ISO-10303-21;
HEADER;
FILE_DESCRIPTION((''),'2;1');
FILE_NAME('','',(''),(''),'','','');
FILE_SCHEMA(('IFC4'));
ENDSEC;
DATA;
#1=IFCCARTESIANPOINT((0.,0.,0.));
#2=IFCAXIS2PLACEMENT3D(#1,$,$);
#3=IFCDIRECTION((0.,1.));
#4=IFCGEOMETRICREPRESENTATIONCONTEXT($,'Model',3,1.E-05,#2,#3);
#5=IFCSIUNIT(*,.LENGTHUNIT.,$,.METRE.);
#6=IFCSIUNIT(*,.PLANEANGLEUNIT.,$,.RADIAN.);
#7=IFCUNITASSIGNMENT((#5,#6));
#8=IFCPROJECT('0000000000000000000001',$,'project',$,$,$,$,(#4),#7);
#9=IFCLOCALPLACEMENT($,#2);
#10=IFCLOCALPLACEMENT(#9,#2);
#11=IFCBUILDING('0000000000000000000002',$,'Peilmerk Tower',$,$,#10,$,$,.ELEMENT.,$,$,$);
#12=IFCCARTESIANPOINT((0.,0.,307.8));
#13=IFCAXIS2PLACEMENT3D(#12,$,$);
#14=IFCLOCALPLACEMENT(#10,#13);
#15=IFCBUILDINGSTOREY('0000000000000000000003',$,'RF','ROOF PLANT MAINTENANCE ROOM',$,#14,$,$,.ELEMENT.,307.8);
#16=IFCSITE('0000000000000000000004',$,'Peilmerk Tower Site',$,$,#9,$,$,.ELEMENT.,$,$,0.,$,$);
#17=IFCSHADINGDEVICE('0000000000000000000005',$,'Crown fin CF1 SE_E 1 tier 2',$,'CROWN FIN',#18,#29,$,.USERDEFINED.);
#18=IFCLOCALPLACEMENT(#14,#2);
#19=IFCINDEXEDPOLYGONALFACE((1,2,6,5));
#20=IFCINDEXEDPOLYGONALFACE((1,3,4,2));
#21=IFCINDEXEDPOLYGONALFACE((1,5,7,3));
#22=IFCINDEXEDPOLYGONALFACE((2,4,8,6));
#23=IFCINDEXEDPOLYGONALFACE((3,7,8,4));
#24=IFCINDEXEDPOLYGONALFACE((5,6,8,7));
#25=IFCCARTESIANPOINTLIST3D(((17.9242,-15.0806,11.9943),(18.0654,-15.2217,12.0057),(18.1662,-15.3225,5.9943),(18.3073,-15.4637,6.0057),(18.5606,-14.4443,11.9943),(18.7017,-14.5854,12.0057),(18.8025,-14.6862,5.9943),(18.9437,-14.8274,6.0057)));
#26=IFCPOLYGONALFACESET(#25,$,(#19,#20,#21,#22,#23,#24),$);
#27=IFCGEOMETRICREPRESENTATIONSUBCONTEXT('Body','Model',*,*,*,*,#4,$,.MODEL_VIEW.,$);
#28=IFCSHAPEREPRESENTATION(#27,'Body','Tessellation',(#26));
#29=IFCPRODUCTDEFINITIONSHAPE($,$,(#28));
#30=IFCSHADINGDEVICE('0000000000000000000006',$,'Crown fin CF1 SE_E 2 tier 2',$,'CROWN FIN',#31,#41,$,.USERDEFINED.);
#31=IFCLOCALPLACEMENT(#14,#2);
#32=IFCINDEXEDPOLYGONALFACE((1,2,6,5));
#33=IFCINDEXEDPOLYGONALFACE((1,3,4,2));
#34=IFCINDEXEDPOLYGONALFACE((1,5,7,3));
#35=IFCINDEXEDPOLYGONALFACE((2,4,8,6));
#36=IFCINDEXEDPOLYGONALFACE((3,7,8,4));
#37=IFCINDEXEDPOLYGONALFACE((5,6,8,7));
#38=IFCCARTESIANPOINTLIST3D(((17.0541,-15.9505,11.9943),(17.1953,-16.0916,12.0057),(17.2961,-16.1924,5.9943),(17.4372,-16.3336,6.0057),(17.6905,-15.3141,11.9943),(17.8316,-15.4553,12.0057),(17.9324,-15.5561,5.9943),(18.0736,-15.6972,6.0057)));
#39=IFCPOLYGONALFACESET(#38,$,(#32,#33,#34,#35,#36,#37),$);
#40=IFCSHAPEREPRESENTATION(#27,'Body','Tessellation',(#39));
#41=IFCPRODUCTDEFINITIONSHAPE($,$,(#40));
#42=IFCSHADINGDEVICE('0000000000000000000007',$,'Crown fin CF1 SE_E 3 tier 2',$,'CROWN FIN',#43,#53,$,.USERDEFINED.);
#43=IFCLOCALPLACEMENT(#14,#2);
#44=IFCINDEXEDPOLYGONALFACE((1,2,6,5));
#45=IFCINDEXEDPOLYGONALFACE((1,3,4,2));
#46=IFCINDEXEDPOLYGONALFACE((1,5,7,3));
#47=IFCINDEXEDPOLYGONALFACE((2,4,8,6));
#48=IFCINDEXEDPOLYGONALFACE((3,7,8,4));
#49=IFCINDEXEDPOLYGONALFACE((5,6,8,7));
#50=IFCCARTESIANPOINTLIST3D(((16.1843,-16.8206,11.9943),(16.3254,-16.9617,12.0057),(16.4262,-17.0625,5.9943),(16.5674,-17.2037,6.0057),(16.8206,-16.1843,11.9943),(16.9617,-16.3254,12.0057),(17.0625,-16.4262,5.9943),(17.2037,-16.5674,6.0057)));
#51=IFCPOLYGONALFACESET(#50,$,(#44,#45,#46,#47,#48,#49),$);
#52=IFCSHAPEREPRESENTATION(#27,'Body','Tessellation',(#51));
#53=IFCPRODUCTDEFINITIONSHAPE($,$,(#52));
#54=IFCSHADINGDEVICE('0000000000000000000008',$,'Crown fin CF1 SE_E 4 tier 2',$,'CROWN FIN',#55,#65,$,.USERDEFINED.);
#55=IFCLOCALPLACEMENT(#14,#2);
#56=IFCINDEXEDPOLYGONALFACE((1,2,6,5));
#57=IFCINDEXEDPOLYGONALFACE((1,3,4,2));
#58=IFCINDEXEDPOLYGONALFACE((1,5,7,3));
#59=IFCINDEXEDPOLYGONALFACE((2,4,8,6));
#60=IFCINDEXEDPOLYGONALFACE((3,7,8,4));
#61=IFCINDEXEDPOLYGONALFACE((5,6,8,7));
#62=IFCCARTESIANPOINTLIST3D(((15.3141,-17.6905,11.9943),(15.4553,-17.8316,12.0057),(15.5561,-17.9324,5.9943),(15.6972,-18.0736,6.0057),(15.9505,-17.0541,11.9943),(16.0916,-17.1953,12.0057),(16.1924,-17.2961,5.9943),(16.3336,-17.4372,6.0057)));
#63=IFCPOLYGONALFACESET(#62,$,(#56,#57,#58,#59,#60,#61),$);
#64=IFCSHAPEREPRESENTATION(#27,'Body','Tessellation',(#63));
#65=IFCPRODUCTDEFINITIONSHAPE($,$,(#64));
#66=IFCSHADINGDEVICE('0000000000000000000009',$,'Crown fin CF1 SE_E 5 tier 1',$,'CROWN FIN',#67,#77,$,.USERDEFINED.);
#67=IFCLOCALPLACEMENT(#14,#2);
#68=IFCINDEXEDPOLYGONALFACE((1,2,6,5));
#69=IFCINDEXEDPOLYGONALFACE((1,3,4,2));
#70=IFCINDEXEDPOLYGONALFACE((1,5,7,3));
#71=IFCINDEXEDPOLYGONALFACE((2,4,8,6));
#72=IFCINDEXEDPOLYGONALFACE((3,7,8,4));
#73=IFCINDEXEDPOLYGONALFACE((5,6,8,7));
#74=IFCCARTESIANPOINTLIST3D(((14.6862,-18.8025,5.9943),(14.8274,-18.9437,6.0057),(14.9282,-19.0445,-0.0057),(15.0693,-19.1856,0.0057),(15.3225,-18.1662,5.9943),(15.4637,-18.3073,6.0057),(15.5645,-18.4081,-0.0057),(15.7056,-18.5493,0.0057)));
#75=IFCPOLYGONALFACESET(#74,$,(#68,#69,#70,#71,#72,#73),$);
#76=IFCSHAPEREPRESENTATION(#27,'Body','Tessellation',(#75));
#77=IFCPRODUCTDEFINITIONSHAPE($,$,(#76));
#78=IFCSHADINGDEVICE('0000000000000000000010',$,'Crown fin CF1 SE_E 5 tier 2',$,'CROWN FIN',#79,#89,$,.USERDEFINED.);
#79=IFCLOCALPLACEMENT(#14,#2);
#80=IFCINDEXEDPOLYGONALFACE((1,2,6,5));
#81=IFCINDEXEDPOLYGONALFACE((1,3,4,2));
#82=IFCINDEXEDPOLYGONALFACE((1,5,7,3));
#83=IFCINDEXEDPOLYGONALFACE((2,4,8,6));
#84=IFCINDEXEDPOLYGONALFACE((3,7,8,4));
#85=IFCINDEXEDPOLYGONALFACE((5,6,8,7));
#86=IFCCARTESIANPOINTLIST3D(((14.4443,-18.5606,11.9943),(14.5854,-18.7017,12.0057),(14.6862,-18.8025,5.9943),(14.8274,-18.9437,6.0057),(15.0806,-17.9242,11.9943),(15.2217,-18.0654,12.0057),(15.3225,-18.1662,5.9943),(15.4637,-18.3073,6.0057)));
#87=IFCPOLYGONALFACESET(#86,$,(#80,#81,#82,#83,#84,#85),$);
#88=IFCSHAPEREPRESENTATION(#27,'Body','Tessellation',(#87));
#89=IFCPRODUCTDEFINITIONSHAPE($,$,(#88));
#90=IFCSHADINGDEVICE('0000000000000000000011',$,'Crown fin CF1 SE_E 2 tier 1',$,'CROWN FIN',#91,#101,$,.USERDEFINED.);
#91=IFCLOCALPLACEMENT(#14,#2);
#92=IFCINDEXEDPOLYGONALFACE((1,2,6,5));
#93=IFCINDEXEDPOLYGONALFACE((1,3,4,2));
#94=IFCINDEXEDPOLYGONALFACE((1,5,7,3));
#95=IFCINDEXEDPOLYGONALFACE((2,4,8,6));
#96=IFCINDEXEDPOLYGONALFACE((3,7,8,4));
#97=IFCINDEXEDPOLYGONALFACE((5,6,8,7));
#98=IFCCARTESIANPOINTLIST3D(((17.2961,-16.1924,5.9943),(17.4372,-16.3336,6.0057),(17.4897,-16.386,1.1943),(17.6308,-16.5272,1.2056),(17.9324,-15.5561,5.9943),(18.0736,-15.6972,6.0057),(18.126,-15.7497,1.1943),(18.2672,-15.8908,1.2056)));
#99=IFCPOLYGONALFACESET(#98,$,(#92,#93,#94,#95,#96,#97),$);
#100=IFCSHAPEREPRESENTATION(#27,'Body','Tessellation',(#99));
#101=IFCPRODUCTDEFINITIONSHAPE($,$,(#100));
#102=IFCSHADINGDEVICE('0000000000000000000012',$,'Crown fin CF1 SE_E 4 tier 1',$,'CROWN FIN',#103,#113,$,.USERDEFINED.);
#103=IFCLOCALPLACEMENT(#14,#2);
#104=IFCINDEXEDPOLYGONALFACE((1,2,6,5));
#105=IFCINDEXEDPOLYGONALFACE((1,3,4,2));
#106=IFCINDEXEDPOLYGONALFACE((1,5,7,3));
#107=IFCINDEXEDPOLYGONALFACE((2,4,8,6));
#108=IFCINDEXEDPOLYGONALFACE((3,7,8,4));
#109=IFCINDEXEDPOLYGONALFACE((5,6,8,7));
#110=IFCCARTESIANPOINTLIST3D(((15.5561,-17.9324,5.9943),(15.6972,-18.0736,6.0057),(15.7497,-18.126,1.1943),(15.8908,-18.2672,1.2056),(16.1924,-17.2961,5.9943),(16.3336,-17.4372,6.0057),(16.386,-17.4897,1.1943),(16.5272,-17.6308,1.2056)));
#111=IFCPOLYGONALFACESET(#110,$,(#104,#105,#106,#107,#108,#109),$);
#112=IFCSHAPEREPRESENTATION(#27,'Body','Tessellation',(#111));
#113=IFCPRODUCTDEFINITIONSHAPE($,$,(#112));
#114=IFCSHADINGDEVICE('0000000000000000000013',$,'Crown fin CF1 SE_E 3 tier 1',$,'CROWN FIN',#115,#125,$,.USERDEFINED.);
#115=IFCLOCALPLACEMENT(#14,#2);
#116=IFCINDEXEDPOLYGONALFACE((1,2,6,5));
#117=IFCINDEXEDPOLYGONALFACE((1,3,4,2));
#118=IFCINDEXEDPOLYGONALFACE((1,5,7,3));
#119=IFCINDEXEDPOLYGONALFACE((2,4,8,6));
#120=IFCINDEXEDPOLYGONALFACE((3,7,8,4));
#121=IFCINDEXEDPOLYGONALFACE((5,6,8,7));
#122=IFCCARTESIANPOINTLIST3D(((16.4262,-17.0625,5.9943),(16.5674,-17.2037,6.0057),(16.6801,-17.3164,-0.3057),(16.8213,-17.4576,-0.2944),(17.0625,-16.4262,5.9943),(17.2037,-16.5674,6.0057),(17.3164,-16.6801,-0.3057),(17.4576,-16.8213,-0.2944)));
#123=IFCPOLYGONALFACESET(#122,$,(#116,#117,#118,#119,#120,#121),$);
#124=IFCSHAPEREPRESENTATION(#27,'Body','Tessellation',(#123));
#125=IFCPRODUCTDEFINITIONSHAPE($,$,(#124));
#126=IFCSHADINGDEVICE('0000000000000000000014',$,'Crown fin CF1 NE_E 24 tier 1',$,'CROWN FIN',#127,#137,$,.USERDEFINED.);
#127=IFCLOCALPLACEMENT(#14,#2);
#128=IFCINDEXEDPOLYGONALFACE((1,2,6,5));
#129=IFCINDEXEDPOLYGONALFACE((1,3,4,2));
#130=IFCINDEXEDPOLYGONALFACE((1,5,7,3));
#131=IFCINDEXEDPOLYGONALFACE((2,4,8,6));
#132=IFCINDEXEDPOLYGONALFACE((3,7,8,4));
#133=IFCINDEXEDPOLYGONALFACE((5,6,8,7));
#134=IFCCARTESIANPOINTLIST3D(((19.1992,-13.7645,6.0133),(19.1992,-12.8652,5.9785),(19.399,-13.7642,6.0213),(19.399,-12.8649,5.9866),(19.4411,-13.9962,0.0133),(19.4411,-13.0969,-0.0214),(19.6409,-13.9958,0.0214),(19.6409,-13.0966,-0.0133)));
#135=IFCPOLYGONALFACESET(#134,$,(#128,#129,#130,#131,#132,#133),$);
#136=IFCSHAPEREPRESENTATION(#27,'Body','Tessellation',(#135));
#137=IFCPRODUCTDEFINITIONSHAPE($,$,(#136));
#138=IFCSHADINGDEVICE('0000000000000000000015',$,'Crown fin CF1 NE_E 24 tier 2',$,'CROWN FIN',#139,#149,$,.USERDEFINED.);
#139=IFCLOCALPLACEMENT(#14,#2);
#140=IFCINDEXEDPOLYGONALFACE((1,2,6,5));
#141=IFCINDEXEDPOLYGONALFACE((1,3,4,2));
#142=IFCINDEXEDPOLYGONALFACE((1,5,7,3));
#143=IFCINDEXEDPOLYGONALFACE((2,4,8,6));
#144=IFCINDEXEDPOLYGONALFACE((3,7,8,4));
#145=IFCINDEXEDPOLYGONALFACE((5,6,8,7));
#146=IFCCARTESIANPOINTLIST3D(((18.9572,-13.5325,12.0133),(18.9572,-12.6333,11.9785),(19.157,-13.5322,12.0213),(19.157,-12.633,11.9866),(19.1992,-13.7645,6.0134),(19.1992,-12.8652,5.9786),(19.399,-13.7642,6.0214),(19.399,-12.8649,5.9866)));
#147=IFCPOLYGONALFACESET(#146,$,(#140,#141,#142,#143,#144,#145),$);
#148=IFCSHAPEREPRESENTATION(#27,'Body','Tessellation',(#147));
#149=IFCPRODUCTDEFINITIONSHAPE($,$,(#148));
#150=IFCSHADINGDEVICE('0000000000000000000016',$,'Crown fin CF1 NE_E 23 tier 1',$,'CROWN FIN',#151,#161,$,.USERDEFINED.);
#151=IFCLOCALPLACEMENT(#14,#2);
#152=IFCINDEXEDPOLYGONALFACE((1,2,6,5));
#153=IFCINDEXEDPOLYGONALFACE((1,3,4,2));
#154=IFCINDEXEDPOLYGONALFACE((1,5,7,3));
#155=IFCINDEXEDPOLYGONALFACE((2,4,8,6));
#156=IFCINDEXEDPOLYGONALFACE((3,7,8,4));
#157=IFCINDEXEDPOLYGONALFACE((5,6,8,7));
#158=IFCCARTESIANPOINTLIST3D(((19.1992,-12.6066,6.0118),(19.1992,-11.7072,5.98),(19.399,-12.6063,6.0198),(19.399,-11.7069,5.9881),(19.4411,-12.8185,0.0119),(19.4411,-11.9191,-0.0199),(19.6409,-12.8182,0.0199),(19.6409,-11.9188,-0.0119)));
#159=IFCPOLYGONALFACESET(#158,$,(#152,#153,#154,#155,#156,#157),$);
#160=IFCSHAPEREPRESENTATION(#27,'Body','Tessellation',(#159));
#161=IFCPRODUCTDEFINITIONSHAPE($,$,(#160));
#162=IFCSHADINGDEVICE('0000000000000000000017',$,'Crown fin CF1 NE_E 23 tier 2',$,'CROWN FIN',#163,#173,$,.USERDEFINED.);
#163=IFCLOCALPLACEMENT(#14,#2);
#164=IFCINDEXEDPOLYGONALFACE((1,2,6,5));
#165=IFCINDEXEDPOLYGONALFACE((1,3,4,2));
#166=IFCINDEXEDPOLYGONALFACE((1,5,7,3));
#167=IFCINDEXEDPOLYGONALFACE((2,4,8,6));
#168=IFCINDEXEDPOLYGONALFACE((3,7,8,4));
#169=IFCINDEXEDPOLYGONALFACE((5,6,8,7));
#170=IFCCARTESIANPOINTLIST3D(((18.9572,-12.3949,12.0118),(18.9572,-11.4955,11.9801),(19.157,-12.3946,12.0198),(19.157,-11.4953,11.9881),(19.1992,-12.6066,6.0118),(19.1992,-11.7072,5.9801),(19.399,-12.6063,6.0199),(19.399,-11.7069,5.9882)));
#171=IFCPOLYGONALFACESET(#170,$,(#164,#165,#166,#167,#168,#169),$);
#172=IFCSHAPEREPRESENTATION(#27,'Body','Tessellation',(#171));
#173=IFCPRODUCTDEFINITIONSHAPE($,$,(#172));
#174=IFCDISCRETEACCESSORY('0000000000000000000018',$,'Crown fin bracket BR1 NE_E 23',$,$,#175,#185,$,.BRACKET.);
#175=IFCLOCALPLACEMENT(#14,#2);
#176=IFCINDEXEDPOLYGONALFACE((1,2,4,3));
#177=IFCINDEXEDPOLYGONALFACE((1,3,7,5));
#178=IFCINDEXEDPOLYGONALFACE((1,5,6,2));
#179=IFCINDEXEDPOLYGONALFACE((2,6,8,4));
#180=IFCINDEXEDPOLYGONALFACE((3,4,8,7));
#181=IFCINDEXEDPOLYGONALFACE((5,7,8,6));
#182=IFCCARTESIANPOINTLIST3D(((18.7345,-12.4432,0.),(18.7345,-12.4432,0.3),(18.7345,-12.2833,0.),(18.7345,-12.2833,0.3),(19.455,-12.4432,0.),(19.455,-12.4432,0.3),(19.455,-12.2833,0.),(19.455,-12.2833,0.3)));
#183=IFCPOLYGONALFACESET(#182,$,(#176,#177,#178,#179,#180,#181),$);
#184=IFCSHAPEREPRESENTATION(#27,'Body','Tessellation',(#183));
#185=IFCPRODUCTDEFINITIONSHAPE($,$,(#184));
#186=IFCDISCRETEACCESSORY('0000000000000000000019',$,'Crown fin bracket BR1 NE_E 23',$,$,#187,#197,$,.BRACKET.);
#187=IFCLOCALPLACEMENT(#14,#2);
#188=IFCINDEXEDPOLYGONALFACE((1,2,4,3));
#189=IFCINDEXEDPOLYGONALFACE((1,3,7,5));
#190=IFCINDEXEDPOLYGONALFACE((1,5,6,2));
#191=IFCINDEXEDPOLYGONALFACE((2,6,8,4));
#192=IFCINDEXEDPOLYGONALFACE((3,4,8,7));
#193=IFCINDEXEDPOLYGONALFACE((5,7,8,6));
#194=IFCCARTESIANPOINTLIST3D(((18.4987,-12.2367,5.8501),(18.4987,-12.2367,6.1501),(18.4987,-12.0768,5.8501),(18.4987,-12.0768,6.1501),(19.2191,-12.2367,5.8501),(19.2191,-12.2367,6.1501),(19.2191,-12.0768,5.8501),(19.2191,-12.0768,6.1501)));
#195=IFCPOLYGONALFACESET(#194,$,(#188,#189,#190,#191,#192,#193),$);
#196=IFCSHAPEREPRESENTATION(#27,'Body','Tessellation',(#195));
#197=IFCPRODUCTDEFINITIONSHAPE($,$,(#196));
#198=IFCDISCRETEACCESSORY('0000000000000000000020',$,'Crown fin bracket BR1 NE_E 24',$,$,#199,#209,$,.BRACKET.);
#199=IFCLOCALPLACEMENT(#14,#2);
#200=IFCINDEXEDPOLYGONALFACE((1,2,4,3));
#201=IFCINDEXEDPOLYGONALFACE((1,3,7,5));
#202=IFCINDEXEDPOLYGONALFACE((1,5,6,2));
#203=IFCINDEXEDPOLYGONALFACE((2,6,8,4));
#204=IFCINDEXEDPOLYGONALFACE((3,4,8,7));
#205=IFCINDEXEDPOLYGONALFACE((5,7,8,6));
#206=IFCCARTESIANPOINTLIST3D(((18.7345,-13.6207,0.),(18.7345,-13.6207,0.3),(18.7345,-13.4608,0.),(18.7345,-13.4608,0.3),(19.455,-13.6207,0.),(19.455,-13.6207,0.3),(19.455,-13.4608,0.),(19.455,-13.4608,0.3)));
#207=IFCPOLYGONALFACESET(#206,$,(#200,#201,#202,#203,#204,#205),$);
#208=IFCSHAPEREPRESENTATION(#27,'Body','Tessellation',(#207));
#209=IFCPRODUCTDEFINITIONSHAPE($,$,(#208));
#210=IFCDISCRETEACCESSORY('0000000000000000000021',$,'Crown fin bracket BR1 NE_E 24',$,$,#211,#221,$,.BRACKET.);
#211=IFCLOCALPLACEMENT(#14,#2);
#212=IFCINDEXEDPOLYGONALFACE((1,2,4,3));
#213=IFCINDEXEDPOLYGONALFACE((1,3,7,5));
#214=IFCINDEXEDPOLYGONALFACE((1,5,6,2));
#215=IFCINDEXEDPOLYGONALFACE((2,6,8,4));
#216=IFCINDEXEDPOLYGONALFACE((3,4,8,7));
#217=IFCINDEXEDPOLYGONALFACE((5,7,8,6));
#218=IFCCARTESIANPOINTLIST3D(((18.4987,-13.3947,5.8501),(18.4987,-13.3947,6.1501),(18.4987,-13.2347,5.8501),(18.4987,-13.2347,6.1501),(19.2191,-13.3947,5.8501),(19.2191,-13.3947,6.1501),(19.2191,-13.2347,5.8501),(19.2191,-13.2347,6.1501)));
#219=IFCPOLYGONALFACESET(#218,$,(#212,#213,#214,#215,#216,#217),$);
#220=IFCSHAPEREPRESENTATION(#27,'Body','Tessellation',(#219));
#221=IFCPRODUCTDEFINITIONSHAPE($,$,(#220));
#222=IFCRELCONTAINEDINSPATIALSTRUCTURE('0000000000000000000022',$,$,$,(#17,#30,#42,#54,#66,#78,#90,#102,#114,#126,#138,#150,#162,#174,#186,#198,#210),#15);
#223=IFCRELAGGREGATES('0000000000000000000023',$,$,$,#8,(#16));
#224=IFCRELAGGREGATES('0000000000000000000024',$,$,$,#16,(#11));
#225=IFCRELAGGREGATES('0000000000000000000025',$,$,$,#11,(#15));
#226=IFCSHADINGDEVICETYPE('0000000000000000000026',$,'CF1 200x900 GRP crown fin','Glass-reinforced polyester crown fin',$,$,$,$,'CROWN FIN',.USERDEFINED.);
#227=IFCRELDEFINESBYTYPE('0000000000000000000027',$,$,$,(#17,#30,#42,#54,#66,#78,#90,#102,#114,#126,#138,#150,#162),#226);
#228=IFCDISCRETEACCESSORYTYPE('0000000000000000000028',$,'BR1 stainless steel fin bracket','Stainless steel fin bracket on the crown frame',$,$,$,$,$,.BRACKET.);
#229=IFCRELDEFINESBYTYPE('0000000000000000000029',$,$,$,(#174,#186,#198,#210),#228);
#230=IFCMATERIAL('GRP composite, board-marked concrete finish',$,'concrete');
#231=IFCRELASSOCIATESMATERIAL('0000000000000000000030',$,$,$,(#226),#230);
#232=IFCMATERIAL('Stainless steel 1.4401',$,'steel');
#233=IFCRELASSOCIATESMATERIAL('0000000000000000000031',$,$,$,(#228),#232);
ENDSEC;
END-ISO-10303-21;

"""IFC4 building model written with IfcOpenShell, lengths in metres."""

from ifc_helpers import new_model, si_unit, direction, frame, origin, origin_2d, place, context, subcontext, project, spatial, rectangle, extrude, source, transform, mapped, material, material_profile, profile_set, type_object, element, save


model = new_model("IFC4")

# Units and contexts
model_context = context("Model", 3, precision=1e-05, world=origin(), true_north=direction((0.0, 1.0)))
body_context = subcontext(model_context, "Body", "Model", "MODEL_VIEW")
ifc_project = project(units=[si_unit("LENGTHUNIT", "METRE"), si_unit("PLANEANGLEUNIT", "RADIAN")], contexts=[model_context])

# Site, building, storey
site_placement = place(None, origin())
site = spatial("IfcSite", under=ifc_project, at=site_placement, Name="Peilmerk Tower Site", CompositionType="ELEMENT", RefElevation=0.0)
building_placement = place(site_placement, origin())
building = spatial("IfcBuilding", under=site, at=building_placement, Name="Peilmerk Tower", CompositionType="ELEMENT")
storey_placement = place(building_placement, frame((0.0, 0.0, 307.8)))
storey = spatial("IfcBuildingStorey", under=building, at=storey_placement, Name="RF", Description="ROOF PLANT MAINTENANCE ROOM", CompositionType="ELEMENT", Elevation=307.8)

# Shading devices
ifc_material_1 = material(Name="GRP composite, board-marked concrete finish", Category="concrete")
ifc_material_profile_1 = material_profile(ifc_material_1, rectangle(XDim=0.2, YDim=0.8999, at=origin_2d()), Name="CF1 200x900")
ifc_profile_set_1 = profile_set([ifc_material_profile_1], Name="GRP composite, board-marked concrete finish")
shading_device_type = type_object("IfcShadingDeviceType", Name="CF1 200x900 GRP crown fin", Description="Glass-reinforced polyester crown fin", ElementType="CROWN FIN", PredefinedType="USERDEFINED", material=ifc_profile_set_1)
shared_shape_1 = source(origin(), body_context, "Body", "SweptSolid", [
    extrude(rectangle(XDim=0.2, YDim=0.8999, at=origin_2d()), origin(), (0.0, 0.0, 1.0), 6.0098),
])
for number, where, z_axis, x_axis, name in (
    (1, (18.5549, -15.075, 6.0), (-0.040258, 0.040258, 0.998378), (0.70596, -0.70596, 0.056934), "Crown fin CF1 SE_E 1 tier 2"),
    (2, (17.6848, -15.9448, 6.0), (-0.040258, 0.040258, 0.998378), (0.70596, -0.70596, 0.056934), "Crown fin CF1 SE_E 2 tier 2"),
    (3, (16.8149, -16.8149, 6.0), (-0.040258, 0.040258, 0.998378), (0.70596, -0.70596, 0.056934), "Crown fin CF1 SE_E 3 tier 2"),
    (4, (15.9448, -17.6848, 6.0), (-0.040258, 0.040258, 0.998378), (0.70596, -0.70596, 0.056934), "Crown fin CF1 SE_E 4 tier 2"),
    (5, (15.3169, -18.7969, 0.0), (-0.040258, 0.040258, 0.998378), (0.70596, -0.70596, 0.056934), "Crown fin CF1 SE_E 5 tier 1"),
    (6, (15.075, -18.5549, 6.0), (-0.040258, 0.040258, 0.998378), (0.70596, -0.70596, 0.056934), "Crown fin CF1 SE_E 5 tier 2"),
):
    element("IfcShadingDevice", number, at=place(storey_placement, frame(where, z_axis=z_axis, x_axis=x_axis)), inside=storey, type_object=shading_device_type, Name=name, ObjectType="CROWN FIN", PredefinedType="USERDEFINED", context=body_context, shape_type="MappedRepresentation", body=[
        mapped(shared_shape_1, transform((0.0, 0.0, 0.0), scale=1.0)),
    ])
shared_shape_2 = source(origin(), body_context, "Body", "SweptSolid", [
    extrude(rectangle(XDim=0.2, YDim=0.8999, at=origin_2d()), origin(), (0.0, 0.0, 1.0), 4.8079),
])
for number, where, z_axis, x_axis, name in (
    (7, (17.8784, -16.1384, 1.2), (-0.040268, 0.040268, 0.998377), (0.705959, -0.705959, 0.056948), "Crown fin CF1 SE_E 2 tier 1"),
    (8, (16.1384, -17.8784, 1.2), (-0.040268, 0.040268, 0.998377), (0.705959, -0.705959, 0.056948), "Crown fin CF1 SE_E 4 tier 1"),
):
    element("IfcShadingDevice", number, at=place(storey_placement, frame(where, z_axis=z_axis, x_axis=x_axis)), inside=storey, type_object=shading_device_type, Name=name, ObjectType="CROWN FIN", PredefinedType="USERDEFINED", context=body_context, shape_type="MappedRepresentation", body=[
        mapped(shared_shape_2, transform((0.0, 0.0, 0.0), scale=1.0)),
    ])
shared_shape_3 = source(origin(), body_context, "Body", "SweptSolid", [
    extrude(rectangle(XDim=0.2, YDim=0.8999, at=origin_2d()), origin(), (0.0, 0.0, 1.0), 6.3103),
])
shading_device_placement = place(storey_placement, frame((17.0688, -17.0688, -0.3), z_axis=(-0.040237, 0.040237, 0.99838), x_axis=(0.705961, -0.705961, 0.056904)))
element("IfcShadingDevice", 9, at=shading_device_placement, inside=storey, type_object=shading_device_type, Name="Crown fin CF1 SE_E 3 tier 1", ObjectType="CROWN FIN", PredefinedType="USERDEFINED", context=body_context, shape_type="MappedRepresentation", body=[
    mapped(shared_shape_3, transform((0.0, 0.0, 0.0), scale=1.0)),
])
shared_shape_4 = source(origin(), body_context, "Body", "SweptSolid", [
    extrude(rectangle(XDim=0.2, YDim=0.8999, at=origin_2d()), origin(), (0.0, 0.0, 1.0), 6.0093),
])
for number, where, z_axis, x_axis, name in (
    (10, (19.541, -13.5464, 0.0), (-0.040261, 0.038555, 0.998445), (0.999189, 0.001554, 0.040231), "Crown fin CF1 NE_E 24 tier 1"),
    (11, (19.2991, -13.3147, 6.0), (-0.040261, 0.038595, 0.998444), (0.999189, 0.001555, 0.040231), "Crown fin CF1 NE_E 24 tier 2"),
):
    element("IfcShadingDevice", number, at=place(storey_placement, frame(where, z_axis=z_axis, x_axis=x_axis)), inside=storey, type_object=shading_device_type, Name=name, ObjectType="CROWN FIN", PredefinedType="USERDEFINED", context=body_context, shape_type="MappedRepresentation", body=[
        mapped(shared_shape_4, transform((0.0, 0.0, 0.0), scale=1.0)),
    ])
shared_shape_5 = source(origin(), body_context, "Body", "SweptSolid", [
    extrude(rectangle(XDim=0.2, YDim=0.8999, at=origin_2d()), origin(), (0.0, 0.0, 1.0), 6.0085),
])
for number, where, z_axis, x_axis, name in (
    (12, (19.541, -12.3687, 0.0), (-0.040266, 0.035268, 0.998566), (0.999189, 0.001421, 0.040241), "Crown fin CF1 NE_E 23 tier 1"),
    (13, (19.2991, -12.1567, 6.0), (-0.040266, 0.035228, 0.998568), (0.999189, 0.00142, 0.040241), "Crown fin CF1 NE_E 23 tier 2"),
):
    element("IfcShadingDevice", number, at=place(storey_placement, frame(where, z_axis=z_axis, x_axis=x_axis)), inside=storey, type_object=shading_device_type, Name=name, ObjectType="CROWN FIN", PredefinedType="USERDEFINED", context=body_context, shape_type="MappedRepresentation", body=[
        mapped(shared_shape_5, transform((0.0, 0.0, 0.0), scale=1.0)),
    ])

# Discrete accessories
ifc_material_2 = material(Name="Stainless steel 1.4401", Category="steel")
discrete_accessory_type = type_object("IfcDiscreteAccessoryType", Name="BR1 stainless steel fin bracket", Description="Stainless steel fin bracket on the crown frame", PredefinedType="BRACKET", material=ifc_material_2)
shared_shape_6 = source(origin(), body_context, "Body", "SweptSolid", [
    extrude(rectangle(XDim=0.7205, YDim=0.1599, at=origin_2d()), origin(), (0.0, 0.0, 1.0), 0.3),
])
for number, where, z_axis, x_axis, name in (
    (14, (19.0947, -12.3633, 0.0), (0.0, 0.0, 1.0), (1.0, 0.0, 0.0), "Crown fin bracket BR1 NE_E 23"),
    (15, (18.8589, -12.1567, 5.8501), (0.0, 0.0, 1.0), (1.0, 0.0, 0.0), "Crown fin bracket BR1 NE_E 23"),
    (16, (19.0947, -13.5408, 0.0), (0.0, 0.0, 1.0), (1.0, 0.0, 0.0), "Crown fin bracket BR1 NE_E 24"),
    (17, (18.8589, -13.3147, 5.8501), (0.0, 0.0, 1.0), (1.0, 0.0, 0.0), "Crown fin bracket BR1 NE_E 24"),
):
    element("IfcDiscreteAccessory", number, at=place(storey_placement, frame(where, z_axis=z_axis, x_axis=x_axis)), inside=storey, type_object=discrete_accessory_type, Name=name, PredefinedType="BRACKET", context=body_context, shape_type="MappedRepresentation", body=[
        mapped(shared_shape_6, transform((0.0, 0.0, 0.0), scale=1.0)),
    ])

save(model, "model.ifc")
